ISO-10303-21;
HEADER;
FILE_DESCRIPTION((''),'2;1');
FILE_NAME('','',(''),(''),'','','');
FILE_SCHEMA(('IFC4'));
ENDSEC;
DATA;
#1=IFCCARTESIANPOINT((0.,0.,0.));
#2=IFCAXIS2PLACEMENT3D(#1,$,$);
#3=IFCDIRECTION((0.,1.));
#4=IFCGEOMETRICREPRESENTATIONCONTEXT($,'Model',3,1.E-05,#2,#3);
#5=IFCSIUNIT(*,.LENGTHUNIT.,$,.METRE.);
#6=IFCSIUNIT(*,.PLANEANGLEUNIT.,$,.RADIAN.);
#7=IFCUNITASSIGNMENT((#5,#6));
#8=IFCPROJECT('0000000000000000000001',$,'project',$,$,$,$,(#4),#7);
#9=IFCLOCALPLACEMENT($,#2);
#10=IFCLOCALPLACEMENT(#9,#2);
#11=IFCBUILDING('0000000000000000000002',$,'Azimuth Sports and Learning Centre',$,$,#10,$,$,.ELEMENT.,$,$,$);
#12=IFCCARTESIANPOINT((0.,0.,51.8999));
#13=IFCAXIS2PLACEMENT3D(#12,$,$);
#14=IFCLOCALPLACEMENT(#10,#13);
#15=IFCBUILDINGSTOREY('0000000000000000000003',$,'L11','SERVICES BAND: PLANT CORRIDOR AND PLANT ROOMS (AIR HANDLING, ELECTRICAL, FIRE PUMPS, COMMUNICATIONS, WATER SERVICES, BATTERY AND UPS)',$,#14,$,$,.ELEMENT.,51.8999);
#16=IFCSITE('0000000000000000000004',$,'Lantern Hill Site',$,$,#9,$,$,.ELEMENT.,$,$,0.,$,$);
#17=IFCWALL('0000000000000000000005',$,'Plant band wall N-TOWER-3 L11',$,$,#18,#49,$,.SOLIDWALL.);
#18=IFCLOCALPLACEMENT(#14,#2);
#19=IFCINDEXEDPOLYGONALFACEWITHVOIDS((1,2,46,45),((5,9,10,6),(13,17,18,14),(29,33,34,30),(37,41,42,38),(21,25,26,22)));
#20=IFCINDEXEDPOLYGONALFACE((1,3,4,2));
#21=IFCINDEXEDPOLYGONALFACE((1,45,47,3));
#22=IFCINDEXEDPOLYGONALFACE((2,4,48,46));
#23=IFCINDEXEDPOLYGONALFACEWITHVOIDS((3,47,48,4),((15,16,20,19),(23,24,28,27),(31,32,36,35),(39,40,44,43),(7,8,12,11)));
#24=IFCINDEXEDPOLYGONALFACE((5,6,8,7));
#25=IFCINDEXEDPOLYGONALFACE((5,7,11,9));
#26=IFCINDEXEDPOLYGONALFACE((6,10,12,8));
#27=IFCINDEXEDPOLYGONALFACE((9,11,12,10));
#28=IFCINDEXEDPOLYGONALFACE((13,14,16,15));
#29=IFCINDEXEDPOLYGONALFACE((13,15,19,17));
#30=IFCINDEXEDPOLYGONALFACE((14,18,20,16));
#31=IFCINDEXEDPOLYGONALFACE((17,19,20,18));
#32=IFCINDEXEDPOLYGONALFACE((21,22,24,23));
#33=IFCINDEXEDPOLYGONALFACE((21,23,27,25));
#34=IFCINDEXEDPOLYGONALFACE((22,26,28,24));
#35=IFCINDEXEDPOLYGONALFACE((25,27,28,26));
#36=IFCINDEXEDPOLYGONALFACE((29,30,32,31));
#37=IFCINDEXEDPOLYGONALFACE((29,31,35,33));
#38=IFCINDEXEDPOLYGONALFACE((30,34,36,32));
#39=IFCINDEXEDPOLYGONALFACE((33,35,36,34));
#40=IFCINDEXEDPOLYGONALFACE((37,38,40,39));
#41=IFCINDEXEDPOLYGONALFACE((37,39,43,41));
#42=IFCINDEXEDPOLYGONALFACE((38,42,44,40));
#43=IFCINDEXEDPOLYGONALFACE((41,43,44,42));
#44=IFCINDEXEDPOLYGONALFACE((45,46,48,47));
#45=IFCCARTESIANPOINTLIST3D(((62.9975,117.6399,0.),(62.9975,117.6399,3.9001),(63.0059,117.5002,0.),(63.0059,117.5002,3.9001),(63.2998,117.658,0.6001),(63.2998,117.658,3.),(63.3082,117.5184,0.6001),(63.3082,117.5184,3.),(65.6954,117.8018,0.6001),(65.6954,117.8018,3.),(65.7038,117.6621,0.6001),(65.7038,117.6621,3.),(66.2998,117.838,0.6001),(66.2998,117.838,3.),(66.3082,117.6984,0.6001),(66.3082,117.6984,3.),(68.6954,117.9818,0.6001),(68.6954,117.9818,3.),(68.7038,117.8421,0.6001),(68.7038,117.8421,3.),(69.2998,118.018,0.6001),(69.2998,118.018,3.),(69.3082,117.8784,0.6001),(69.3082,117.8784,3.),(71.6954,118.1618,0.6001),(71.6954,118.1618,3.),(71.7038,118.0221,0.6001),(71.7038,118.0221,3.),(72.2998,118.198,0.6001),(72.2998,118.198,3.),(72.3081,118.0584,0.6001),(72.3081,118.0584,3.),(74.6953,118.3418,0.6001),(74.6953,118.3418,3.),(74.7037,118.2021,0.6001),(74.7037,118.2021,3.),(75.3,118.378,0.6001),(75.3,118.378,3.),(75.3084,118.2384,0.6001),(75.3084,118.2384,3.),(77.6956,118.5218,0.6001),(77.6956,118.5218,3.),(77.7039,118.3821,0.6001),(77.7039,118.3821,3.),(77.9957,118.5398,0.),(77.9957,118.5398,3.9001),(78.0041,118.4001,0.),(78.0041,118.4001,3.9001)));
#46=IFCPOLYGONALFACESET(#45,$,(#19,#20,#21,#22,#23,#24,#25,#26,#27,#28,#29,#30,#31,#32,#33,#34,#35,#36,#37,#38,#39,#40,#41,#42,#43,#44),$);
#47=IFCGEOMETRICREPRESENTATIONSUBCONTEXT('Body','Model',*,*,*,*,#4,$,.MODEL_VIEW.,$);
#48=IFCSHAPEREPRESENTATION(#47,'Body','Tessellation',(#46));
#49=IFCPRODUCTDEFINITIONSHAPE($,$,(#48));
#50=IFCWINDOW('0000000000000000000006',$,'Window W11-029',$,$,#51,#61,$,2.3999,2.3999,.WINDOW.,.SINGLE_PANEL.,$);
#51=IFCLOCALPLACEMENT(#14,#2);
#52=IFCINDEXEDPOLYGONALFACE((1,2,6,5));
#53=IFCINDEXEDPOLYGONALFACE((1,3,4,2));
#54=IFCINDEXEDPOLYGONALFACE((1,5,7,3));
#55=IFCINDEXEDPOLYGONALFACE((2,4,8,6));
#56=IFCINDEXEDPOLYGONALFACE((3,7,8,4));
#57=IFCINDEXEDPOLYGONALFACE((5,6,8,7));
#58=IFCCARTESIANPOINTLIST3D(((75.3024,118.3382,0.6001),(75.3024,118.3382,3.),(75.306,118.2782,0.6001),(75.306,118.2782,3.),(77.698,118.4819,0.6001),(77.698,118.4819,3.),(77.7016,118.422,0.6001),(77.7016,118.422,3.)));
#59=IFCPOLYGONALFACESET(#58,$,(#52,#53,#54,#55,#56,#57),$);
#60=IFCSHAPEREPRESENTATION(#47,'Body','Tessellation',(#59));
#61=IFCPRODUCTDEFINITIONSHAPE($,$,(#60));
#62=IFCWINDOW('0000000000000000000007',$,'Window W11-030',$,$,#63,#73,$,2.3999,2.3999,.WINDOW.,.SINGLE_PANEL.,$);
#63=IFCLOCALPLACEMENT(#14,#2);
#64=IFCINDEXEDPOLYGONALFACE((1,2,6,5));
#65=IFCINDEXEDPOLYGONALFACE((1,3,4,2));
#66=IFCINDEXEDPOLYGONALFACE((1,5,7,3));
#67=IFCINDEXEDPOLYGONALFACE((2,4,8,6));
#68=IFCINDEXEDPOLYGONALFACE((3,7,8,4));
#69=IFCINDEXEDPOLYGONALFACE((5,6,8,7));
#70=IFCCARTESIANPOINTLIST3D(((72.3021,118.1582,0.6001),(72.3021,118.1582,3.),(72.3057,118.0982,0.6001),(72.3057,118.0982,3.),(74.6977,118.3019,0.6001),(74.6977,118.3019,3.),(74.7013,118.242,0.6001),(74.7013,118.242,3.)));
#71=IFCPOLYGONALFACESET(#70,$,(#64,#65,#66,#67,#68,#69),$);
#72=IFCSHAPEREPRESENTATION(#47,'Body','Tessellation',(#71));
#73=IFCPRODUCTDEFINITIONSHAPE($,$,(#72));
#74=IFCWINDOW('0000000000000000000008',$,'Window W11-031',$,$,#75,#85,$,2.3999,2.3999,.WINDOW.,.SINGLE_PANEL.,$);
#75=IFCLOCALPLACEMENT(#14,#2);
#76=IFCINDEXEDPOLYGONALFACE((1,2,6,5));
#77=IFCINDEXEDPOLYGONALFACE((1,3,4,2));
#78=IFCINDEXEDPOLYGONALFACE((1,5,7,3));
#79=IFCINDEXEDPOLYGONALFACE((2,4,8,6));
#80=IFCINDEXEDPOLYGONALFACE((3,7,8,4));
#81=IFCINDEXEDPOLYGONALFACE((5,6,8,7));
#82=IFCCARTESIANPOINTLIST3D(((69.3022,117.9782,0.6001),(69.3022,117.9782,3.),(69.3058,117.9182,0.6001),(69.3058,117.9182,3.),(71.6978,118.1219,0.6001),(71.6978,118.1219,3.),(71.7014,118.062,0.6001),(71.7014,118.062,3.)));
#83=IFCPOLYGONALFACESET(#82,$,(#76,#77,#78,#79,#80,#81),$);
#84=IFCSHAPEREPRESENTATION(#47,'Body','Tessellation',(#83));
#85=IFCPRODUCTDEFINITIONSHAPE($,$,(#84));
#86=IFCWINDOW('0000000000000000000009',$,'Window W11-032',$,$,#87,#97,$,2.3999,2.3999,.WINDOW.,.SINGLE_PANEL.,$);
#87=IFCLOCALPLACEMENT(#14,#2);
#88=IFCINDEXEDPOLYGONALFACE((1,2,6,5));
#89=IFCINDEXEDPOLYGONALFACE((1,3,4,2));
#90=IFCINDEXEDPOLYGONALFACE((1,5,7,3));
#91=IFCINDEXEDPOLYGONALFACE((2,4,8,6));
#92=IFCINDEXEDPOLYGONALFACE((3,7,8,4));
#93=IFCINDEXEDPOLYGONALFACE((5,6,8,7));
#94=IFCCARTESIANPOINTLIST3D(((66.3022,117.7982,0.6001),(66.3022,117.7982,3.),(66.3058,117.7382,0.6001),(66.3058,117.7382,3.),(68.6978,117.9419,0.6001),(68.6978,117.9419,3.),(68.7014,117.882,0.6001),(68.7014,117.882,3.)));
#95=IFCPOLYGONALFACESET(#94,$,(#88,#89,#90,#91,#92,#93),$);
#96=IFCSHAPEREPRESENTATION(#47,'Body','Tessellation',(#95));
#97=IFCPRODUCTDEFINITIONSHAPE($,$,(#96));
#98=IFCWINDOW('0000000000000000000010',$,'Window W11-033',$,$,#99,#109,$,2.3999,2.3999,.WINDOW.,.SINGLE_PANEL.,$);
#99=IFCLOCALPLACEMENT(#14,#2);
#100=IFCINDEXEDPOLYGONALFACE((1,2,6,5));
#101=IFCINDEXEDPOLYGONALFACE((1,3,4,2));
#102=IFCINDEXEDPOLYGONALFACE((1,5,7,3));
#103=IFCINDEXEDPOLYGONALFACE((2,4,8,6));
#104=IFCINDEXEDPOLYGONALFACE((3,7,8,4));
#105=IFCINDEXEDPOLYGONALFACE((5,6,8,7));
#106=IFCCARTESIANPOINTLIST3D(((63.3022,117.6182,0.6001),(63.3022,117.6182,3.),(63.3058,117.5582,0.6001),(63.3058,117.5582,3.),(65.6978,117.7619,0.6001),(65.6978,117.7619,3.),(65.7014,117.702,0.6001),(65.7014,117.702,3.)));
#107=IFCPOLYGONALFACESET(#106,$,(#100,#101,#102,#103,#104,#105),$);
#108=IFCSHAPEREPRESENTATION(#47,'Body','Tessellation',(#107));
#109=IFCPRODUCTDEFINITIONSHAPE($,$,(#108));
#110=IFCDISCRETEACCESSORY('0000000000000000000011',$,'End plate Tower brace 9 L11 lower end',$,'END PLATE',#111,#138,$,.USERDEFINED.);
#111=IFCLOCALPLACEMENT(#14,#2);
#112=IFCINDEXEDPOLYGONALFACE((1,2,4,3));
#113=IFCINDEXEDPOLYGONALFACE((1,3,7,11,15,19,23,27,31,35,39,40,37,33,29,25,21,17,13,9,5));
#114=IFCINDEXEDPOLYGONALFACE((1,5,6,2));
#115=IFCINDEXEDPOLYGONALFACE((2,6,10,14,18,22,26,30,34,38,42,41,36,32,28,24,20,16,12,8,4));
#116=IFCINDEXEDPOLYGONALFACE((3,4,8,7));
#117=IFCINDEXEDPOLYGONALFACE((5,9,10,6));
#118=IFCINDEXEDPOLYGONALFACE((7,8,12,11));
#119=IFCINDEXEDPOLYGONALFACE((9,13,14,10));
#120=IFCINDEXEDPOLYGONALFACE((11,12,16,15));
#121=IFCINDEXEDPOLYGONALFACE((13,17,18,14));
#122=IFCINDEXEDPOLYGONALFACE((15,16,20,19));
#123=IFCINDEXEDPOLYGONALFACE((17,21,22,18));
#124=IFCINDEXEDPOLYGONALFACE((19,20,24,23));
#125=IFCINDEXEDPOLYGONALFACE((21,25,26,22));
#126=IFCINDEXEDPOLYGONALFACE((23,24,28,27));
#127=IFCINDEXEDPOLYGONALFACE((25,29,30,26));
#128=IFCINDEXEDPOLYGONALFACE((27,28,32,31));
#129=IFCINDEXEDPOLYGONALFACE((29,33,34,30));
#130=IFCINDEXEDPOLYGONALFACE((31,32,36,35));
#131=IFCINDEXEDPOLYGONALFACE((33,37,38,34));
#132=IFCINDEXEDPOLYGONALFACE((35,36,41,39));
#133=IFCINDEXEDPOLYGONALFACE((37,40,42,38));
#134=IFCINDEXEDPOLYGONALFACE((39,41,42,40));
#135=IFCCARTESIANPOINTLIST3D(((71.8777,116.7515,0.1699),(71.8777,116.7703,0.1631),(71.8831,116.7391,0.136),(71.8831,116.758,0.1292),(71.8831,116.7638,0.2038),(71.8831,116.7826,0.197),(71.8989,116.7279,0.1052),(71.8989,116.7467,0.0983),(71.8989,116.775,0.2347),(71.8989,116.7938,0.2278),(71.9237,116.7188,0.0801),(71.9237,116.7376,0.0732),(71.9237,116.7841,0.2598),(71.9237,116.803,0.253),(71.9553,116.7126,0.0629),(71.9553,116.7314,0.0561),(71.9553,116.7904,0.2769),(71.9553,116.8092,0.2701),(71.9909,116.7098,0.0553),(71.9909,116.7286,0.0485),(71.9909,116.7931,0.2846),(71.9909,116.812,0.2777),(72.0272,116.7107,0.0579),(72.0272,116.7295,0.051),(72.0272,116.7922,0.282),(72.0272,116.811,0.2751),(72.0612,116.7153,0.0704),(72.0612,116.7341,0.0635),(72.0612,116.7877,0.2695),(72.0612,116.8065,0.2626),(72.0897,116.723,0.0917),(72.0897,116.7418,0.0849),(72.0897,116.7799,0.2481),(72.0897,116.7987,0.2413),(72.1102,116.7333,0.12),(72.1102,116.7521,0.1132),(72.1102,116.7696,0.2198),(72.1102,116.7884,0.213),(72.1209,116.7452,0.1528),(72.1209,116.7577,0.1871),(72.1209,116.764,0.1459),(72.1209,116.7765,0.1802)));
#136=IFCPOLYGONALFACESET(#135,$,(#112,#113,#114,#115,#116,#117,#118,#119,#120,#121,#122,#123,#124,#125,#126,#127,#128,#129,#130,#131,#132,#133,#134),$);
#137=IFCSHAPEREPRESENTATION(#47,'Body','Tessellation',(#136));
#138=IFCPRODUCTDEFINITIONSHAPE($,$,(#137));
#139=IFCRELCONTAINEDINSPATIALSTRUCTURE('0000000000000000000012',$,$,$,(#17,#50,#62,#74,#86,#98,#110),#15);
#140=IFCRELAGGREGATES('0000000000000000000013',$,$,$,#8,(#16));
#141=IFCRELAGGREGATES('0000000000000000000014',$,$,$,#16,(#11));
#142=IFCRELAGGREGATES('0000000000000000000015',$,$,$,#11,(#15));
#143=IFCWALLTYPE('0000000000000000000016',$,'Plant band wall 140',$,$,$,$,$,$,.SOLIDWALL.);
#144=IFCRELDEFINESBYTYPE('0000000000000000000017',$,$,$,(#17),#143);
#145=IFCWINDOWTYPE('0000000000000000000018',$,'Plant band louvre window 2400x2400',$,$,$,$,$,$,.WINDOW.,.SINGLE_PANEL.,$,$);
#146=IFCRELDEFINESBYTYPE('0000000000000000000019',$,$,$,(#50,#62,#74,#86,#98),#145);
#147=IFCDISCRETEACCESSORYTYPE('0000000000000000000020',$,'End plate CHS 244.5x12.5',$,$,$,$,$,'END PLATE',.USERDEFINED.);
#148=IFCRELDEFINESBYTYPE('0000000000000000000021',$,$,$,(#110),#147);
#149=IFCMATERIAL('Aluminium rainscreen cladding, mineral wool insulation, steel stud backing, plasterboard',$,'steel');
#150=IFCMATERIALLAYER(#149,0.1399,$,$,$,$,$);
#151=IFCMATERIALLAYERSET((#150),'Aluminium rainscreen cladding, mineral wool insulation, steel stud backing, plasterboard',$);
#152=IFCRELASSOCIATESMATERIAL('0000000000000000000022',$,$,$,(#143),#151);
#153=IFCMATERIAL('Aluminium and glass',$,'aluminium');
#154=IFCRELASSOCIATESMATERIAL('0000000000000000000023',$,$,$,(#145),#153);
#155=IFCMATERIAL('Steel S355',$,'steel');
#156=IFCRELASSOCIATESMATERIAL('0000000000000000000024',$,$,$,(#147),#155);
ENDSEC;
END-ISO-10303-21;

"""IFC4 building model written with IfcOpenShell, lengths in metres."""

from ifc_helpers import new_model, si_unit, direction, frame, frame_2d, origin, origin_2d, place, context, subcontext, project, spatial, rectangle, circle, extrude, material, layer, layer_set, material_profile, profile_set, type_object, element, fill, save


model = new_model("IFC4")

# Units and contexts
model_context = context("Model", 3, precision=1e-05, world=origin(), true_north=direction((0.0, 1.0)))
body_context = subcontext(model_context, "Body", "Model", "MODEL_VIEW")
ifc_project = project(units=[si_unit("LENGTHUNIT", "METRE"), si_unit("PLANEANGLEUNIT", "RADIAN")], contexts=[model_context])

# Site, building, storey
site_placement = place(None, origin())
site = spatial("IfcSite", under=ifc_project, at=site_placement, Name="Lantern Hill Site", CompositionType="ELEMENT", RefElevation=0.0)
building_placement = place(site_placement, origin())
building = spatial("IfcBuilding", under=site, at=building_placement, Name="Azimuth Sports and Learning Centre", CompositionType="ELEMENT")
storey_placement = place(building_placement, frame((0.0, 0.0, 51.8999)))
storey = spatial("IfcBuildingStorey", under=building, at=storey_placement, Name="L11", Description="SERVICES BAND: PLANT CORRIDOR AND PLANT ROOMS (AIR HANDLING, ELECTRICAL, FIRE PUMPS, COMMUNICATIONS, WATER SERVICES, BATTERY AND UPS)", CompositionType="ELEMENT", Elevation=51.8999)

# Wall, openings, windows
ifc_material_1 = material(Name="Aluminium rainscreen cladding, mineral wool insulation, steel stud backing, plasterboard", Category="steel")
ifc_layer_1 = layer(ifc_material_1, 0.1399)
ifc_layer_set_1 = layer_set([ifc_layer_1], Name="Aluminium rainscreen cladding, mineral wool insulation, steel stud backing, plasterboard")
wall_type_1 = type_object("IfcWallType", Name="Plant band wall 140", PredefinedType="SOLIDWALL", material=ifc_layer_set_1)
wall_1_placement = place(storey_placement, frame((78.0, 118.47, 0.0), z_axis=(0.0, 0.0, 1.0), x_axis=(-0.998205, -0.059893, 0.0)))
wall_1 = element("IfcWall", 1, at=wall_1_placement, inside=storey, type_object=wall_type_1, Name="Plant band wall N-TOWER-3 L11", PredefinedType="SOLIDWALL", context=body_context, shape_type="SweptSolid", body=[
    extrude(rectangle(XDim=15.0251, YDim=0.1399, at=frame_2d((7.5127, 0.0))), origin(), (0.0, 0.0, 1.0), 3.9001),
])
opening_1_placement = place(wall_1_placement, frame((0.3008, 0.0, 0.6001)))
opening_1 = element("IfcOpeningElement", 2, at=opening_1_placement, cuts=wall_1, PredefinedType="OPENING", context=body_context, shape_type="SweptSolid", body=[
    extrude(rectangle(XDim=2.3999, YDim=2.3999, at=frame_2d((1.2, 1.2))), frame((0.0, 0.0811, 0.0), z_axis=(0.0, -1.0, 0.0), x_axis=(1.0, 0.0, 0.0)), (0.0, 0.0, 1.0), 0.1619),
])
opening_2_placement = place(wall_1_placement, frame((3.3064, 0.0, 0.6001)))
opening_2 = element("IfcOpeningElement", 3, at=opening_2_placement, cuts=wall_1, PredefinedType="OPENING", context=body_context, shape_type="SweptSolid", body=[
    extrude(rectangle(XDim=2.3999, YDim=2.3999, at=frame_2d((1.2, 1.2))), frame((0.0, 0.0811, 0.0), z_axis=(0.0, -1.0, 0.0), x_axis=(1.0, 0.0, 0.0)), (0.0, 0.0, 1.0), 0.1619),
])
opening_3_placement = place(wall_1_placement, frame((6.3118, 0.0, 0.6001)))
opening_3 = element("IfcOpeningElement", 4, at=opening_3_placement, cuts=wall_1, PredefinedType="OPENING", context=body_context, shape_type="SweptSolid", body=[
    extrude(rectangle(XDim=2.3999, YDim=2.3999, at=frame_2d((1.2, 1.2))), frame((0.0, 0.0811, 0.0), z_axis=(0.0, -1.0, 0.0), x_axis=(1.0, 0.0, 0.0)), (0.0, 0.0, 1.0), 0.1619),
])
opening_4_placement = place(wall_1_placement, frame((9.3171, 0.0, 0.6001)))
opening_4 = element("IfcOpeningElement", 5, at=opening_4_placement, cuts=wall_1, PredefinedType="OPENING", context=body_context, shape_type="SweptSolid", body=[
    extrude(rectangle(XDim=2.3999, YDim=2.3999, at=frame_2d((1.2, 1.2))), frame((0.0, 0.0811, 0.0), z_axis=(0.0, -1.0, 0.0), x_axis=(1.0, 0.0, 0.0)), (0.0, 0.0, 1.0), 0.1619),
])
opening_5_placement = place(wall_1_placement, frame((12.3225, 0.0, 0.6001)))
opening_5 = element("IfcOpeningElement", 6, at=opening_5_placement, cuts=wall_1, PredefinedType="OPENING", context=body_context, shape_type="SweptSolid", body=[
    extrude(rectangle(XDim=2.3999, YDim=2.3999, at=frame_2d((1.2, 1.2))), frame((0.0, 0.0811, 0.0), z_axis=(0.0, -1.0, 0.0), x_axis=(1.0, 0.0, 0.0)), (0.0, 0.0, 1.0), 0.1619),
])
ifc_material_2 = material(Name="Aluminium and glass", Category="aluminium")
window_type = type_object("IfcWindowType", Name="Plant band louvre window 2400x2400", PartitioningType="SINGLE_PANEL", PredefinedType="WINDOW", material=ifc_material_2)
window_1_placement = place(opening_1_placement, origin())
window_1 = element("IfcWindow", 7, at=window_1_placement, inside=storey, type_object=window_type, Name="Window W11-029", OverallHeight=2.3999, OverallWidth=2.3999, PartitioningType="SINGLE_PANEL", PredefinedType="WINDOW", context=body_context, shape_type="SweptSolid", body=[
    extrude(rectangle(XDim=2.3999, YDim=2.3999, at=frame_2d((1.2, 1.2))), frame((0.0, 0.03, 0.0), z_axis=(0.0, -1.0, 0.0), x_axis=(1.0, 0.0, 0.0)), (0.0, 0.0, 1.0), 0.0601),
])
fill(opening_1, window_1)
window_2_placement = place(opening_2_placement, origin())
window_2 = element("IfcWindow", 8, at=window_2_placement, inside=storey, type_object=window_type, Name="Window W11-030", OverallHeight=2.3999, OverallWidth=2.3999, PartitioningType="SINGLE_PANEL", PredefinedType="WINDOW", context=body_context, shape_type="SweptSolid", body=[
    extrude(rectangle(XDim=2.3999, YDim=2.3999, at=frame_2d((1.2, 1.2))), frame((0.0, 0.03, 0.0), z_axis=(0.0, -1.0, 0.0), x_axis=(1.0, 0.0, 0.0)), (0.0, 0.0, 1.0), 0.0601),
])
fill(opening_2, window_2)
window_3_placement = place(opening_3_placement, origin())
window_3 = element("IfcWindow", 9, at=window_3_placement, inside=storey, type_object=window_type, Name="Window W11-031", OverallHeight=2.3999, OverallWidth=2.3999, PartitioningType="SINGLE_PANEL", PredefinedType="WINDOW", context=body_context, shape_type="SweptSolid", body=[
    extrude(rectangle(XDim=2.3999, YDim=2.3999, at=frame_2d((1.2, 1.2))), frame((0.0, 0.03, 0.0), z_axis=(0.0, -1.0, 0.0), x_axis=(1.0, 0.0, 0.0)), (0.0, 0.0, 1.0), 0.0601),
])
fill(opening_3, window_3)
window_4_placement = place(opening_4_placement, origin())
window_4 = element("IfcWindow", 10, at=window_4_placement, inside=storey, type_object=window_type, Name="Window W11-032", OverallHeight=2.3999, OverallWidth=2.3999, PartitioningType="SINGLE_PANEL", PredefinedType="WINDOW", context=body_context, shape_type="SweptSolid", body=[
    extrude(rectangle(XDim=2.3999, YDim=2.3999, at=frame_2d((1.2, 1.2))), frame((0.0, 0.03, 0.0), z_axis=(0.0, -1.0, 0.0), x_axis=(1.0, 0.0, 0.0)), (0.0, 0.0, 1.0), 0.0601),
])
fill(opening_4, window_4)
window_5_placement = place(opening_5_placement, origin())
window_5 = element("IfcWindow", 11, at=window_5_placement, inside=storey, type_object=window_type, Name="Window W11-033", OverallHeight=2.3999, OverallWidth=2.3999, PartitioningType="SINGLE_PANEL", PredefinedType="WINDOW", context=body_context, shape_type="SweptSolid", body=[
    extrude(rectangle(XDim=2.3999, YDim=2.3999, at=frame_2d((1.2, 1.2))), frame((0.0, 0.03, 0.0), z_axis=(0.0, -1.0, 0.0), x_axis=(1.0, 0.0, 0.0)), (0.0, 0.0, 1.0), 0.0601),
])
fill(opening_5, window_5)

# Discrete accessory
ifc_material_3 = material(Name="Steel S355", Category="steel")
ifc_material_profile_1 = material_profile(ifc_material_3, circle(Radius=0.1223, at=origin_2d()), Name="PL 244 DISC")
ifc_profile_set_1 = profile_set([ifc_material_profile_1], Name="Steel S355")
discrete_accessory_type = type_object("IfcDiscreteAccessoryType", Name="End plate CHS 244.5x12.5", ElementType="END PLATE", PredefinedType="USERDEFINED", material=ifc_profile_set_1)
discrete_accessory_placement = place(storey_placement, frame((72.0, 116.7515, 0.1699), z_axis=(0.0, 0.939793, -0.341743), x_axis=(-1.0, 0.0, 0.0)))
element("IfcDiscreteAccessory", 12, at=discrete_accessory_placement, inside=storey, type_object=discrete_accessory_type, Name="End plate Tower brace 9 L11 lower end", ObjectType="END PLATE", PredefinedType="USERDEFINED", context=body_context, shape_type="SweptSolid", body=[
    extrude(circle(Radius=0.1223, at=origin_2d()), origin(), (0.0, 0.0, 1.0), 0.02),
])

save(model, "model.ifc")
